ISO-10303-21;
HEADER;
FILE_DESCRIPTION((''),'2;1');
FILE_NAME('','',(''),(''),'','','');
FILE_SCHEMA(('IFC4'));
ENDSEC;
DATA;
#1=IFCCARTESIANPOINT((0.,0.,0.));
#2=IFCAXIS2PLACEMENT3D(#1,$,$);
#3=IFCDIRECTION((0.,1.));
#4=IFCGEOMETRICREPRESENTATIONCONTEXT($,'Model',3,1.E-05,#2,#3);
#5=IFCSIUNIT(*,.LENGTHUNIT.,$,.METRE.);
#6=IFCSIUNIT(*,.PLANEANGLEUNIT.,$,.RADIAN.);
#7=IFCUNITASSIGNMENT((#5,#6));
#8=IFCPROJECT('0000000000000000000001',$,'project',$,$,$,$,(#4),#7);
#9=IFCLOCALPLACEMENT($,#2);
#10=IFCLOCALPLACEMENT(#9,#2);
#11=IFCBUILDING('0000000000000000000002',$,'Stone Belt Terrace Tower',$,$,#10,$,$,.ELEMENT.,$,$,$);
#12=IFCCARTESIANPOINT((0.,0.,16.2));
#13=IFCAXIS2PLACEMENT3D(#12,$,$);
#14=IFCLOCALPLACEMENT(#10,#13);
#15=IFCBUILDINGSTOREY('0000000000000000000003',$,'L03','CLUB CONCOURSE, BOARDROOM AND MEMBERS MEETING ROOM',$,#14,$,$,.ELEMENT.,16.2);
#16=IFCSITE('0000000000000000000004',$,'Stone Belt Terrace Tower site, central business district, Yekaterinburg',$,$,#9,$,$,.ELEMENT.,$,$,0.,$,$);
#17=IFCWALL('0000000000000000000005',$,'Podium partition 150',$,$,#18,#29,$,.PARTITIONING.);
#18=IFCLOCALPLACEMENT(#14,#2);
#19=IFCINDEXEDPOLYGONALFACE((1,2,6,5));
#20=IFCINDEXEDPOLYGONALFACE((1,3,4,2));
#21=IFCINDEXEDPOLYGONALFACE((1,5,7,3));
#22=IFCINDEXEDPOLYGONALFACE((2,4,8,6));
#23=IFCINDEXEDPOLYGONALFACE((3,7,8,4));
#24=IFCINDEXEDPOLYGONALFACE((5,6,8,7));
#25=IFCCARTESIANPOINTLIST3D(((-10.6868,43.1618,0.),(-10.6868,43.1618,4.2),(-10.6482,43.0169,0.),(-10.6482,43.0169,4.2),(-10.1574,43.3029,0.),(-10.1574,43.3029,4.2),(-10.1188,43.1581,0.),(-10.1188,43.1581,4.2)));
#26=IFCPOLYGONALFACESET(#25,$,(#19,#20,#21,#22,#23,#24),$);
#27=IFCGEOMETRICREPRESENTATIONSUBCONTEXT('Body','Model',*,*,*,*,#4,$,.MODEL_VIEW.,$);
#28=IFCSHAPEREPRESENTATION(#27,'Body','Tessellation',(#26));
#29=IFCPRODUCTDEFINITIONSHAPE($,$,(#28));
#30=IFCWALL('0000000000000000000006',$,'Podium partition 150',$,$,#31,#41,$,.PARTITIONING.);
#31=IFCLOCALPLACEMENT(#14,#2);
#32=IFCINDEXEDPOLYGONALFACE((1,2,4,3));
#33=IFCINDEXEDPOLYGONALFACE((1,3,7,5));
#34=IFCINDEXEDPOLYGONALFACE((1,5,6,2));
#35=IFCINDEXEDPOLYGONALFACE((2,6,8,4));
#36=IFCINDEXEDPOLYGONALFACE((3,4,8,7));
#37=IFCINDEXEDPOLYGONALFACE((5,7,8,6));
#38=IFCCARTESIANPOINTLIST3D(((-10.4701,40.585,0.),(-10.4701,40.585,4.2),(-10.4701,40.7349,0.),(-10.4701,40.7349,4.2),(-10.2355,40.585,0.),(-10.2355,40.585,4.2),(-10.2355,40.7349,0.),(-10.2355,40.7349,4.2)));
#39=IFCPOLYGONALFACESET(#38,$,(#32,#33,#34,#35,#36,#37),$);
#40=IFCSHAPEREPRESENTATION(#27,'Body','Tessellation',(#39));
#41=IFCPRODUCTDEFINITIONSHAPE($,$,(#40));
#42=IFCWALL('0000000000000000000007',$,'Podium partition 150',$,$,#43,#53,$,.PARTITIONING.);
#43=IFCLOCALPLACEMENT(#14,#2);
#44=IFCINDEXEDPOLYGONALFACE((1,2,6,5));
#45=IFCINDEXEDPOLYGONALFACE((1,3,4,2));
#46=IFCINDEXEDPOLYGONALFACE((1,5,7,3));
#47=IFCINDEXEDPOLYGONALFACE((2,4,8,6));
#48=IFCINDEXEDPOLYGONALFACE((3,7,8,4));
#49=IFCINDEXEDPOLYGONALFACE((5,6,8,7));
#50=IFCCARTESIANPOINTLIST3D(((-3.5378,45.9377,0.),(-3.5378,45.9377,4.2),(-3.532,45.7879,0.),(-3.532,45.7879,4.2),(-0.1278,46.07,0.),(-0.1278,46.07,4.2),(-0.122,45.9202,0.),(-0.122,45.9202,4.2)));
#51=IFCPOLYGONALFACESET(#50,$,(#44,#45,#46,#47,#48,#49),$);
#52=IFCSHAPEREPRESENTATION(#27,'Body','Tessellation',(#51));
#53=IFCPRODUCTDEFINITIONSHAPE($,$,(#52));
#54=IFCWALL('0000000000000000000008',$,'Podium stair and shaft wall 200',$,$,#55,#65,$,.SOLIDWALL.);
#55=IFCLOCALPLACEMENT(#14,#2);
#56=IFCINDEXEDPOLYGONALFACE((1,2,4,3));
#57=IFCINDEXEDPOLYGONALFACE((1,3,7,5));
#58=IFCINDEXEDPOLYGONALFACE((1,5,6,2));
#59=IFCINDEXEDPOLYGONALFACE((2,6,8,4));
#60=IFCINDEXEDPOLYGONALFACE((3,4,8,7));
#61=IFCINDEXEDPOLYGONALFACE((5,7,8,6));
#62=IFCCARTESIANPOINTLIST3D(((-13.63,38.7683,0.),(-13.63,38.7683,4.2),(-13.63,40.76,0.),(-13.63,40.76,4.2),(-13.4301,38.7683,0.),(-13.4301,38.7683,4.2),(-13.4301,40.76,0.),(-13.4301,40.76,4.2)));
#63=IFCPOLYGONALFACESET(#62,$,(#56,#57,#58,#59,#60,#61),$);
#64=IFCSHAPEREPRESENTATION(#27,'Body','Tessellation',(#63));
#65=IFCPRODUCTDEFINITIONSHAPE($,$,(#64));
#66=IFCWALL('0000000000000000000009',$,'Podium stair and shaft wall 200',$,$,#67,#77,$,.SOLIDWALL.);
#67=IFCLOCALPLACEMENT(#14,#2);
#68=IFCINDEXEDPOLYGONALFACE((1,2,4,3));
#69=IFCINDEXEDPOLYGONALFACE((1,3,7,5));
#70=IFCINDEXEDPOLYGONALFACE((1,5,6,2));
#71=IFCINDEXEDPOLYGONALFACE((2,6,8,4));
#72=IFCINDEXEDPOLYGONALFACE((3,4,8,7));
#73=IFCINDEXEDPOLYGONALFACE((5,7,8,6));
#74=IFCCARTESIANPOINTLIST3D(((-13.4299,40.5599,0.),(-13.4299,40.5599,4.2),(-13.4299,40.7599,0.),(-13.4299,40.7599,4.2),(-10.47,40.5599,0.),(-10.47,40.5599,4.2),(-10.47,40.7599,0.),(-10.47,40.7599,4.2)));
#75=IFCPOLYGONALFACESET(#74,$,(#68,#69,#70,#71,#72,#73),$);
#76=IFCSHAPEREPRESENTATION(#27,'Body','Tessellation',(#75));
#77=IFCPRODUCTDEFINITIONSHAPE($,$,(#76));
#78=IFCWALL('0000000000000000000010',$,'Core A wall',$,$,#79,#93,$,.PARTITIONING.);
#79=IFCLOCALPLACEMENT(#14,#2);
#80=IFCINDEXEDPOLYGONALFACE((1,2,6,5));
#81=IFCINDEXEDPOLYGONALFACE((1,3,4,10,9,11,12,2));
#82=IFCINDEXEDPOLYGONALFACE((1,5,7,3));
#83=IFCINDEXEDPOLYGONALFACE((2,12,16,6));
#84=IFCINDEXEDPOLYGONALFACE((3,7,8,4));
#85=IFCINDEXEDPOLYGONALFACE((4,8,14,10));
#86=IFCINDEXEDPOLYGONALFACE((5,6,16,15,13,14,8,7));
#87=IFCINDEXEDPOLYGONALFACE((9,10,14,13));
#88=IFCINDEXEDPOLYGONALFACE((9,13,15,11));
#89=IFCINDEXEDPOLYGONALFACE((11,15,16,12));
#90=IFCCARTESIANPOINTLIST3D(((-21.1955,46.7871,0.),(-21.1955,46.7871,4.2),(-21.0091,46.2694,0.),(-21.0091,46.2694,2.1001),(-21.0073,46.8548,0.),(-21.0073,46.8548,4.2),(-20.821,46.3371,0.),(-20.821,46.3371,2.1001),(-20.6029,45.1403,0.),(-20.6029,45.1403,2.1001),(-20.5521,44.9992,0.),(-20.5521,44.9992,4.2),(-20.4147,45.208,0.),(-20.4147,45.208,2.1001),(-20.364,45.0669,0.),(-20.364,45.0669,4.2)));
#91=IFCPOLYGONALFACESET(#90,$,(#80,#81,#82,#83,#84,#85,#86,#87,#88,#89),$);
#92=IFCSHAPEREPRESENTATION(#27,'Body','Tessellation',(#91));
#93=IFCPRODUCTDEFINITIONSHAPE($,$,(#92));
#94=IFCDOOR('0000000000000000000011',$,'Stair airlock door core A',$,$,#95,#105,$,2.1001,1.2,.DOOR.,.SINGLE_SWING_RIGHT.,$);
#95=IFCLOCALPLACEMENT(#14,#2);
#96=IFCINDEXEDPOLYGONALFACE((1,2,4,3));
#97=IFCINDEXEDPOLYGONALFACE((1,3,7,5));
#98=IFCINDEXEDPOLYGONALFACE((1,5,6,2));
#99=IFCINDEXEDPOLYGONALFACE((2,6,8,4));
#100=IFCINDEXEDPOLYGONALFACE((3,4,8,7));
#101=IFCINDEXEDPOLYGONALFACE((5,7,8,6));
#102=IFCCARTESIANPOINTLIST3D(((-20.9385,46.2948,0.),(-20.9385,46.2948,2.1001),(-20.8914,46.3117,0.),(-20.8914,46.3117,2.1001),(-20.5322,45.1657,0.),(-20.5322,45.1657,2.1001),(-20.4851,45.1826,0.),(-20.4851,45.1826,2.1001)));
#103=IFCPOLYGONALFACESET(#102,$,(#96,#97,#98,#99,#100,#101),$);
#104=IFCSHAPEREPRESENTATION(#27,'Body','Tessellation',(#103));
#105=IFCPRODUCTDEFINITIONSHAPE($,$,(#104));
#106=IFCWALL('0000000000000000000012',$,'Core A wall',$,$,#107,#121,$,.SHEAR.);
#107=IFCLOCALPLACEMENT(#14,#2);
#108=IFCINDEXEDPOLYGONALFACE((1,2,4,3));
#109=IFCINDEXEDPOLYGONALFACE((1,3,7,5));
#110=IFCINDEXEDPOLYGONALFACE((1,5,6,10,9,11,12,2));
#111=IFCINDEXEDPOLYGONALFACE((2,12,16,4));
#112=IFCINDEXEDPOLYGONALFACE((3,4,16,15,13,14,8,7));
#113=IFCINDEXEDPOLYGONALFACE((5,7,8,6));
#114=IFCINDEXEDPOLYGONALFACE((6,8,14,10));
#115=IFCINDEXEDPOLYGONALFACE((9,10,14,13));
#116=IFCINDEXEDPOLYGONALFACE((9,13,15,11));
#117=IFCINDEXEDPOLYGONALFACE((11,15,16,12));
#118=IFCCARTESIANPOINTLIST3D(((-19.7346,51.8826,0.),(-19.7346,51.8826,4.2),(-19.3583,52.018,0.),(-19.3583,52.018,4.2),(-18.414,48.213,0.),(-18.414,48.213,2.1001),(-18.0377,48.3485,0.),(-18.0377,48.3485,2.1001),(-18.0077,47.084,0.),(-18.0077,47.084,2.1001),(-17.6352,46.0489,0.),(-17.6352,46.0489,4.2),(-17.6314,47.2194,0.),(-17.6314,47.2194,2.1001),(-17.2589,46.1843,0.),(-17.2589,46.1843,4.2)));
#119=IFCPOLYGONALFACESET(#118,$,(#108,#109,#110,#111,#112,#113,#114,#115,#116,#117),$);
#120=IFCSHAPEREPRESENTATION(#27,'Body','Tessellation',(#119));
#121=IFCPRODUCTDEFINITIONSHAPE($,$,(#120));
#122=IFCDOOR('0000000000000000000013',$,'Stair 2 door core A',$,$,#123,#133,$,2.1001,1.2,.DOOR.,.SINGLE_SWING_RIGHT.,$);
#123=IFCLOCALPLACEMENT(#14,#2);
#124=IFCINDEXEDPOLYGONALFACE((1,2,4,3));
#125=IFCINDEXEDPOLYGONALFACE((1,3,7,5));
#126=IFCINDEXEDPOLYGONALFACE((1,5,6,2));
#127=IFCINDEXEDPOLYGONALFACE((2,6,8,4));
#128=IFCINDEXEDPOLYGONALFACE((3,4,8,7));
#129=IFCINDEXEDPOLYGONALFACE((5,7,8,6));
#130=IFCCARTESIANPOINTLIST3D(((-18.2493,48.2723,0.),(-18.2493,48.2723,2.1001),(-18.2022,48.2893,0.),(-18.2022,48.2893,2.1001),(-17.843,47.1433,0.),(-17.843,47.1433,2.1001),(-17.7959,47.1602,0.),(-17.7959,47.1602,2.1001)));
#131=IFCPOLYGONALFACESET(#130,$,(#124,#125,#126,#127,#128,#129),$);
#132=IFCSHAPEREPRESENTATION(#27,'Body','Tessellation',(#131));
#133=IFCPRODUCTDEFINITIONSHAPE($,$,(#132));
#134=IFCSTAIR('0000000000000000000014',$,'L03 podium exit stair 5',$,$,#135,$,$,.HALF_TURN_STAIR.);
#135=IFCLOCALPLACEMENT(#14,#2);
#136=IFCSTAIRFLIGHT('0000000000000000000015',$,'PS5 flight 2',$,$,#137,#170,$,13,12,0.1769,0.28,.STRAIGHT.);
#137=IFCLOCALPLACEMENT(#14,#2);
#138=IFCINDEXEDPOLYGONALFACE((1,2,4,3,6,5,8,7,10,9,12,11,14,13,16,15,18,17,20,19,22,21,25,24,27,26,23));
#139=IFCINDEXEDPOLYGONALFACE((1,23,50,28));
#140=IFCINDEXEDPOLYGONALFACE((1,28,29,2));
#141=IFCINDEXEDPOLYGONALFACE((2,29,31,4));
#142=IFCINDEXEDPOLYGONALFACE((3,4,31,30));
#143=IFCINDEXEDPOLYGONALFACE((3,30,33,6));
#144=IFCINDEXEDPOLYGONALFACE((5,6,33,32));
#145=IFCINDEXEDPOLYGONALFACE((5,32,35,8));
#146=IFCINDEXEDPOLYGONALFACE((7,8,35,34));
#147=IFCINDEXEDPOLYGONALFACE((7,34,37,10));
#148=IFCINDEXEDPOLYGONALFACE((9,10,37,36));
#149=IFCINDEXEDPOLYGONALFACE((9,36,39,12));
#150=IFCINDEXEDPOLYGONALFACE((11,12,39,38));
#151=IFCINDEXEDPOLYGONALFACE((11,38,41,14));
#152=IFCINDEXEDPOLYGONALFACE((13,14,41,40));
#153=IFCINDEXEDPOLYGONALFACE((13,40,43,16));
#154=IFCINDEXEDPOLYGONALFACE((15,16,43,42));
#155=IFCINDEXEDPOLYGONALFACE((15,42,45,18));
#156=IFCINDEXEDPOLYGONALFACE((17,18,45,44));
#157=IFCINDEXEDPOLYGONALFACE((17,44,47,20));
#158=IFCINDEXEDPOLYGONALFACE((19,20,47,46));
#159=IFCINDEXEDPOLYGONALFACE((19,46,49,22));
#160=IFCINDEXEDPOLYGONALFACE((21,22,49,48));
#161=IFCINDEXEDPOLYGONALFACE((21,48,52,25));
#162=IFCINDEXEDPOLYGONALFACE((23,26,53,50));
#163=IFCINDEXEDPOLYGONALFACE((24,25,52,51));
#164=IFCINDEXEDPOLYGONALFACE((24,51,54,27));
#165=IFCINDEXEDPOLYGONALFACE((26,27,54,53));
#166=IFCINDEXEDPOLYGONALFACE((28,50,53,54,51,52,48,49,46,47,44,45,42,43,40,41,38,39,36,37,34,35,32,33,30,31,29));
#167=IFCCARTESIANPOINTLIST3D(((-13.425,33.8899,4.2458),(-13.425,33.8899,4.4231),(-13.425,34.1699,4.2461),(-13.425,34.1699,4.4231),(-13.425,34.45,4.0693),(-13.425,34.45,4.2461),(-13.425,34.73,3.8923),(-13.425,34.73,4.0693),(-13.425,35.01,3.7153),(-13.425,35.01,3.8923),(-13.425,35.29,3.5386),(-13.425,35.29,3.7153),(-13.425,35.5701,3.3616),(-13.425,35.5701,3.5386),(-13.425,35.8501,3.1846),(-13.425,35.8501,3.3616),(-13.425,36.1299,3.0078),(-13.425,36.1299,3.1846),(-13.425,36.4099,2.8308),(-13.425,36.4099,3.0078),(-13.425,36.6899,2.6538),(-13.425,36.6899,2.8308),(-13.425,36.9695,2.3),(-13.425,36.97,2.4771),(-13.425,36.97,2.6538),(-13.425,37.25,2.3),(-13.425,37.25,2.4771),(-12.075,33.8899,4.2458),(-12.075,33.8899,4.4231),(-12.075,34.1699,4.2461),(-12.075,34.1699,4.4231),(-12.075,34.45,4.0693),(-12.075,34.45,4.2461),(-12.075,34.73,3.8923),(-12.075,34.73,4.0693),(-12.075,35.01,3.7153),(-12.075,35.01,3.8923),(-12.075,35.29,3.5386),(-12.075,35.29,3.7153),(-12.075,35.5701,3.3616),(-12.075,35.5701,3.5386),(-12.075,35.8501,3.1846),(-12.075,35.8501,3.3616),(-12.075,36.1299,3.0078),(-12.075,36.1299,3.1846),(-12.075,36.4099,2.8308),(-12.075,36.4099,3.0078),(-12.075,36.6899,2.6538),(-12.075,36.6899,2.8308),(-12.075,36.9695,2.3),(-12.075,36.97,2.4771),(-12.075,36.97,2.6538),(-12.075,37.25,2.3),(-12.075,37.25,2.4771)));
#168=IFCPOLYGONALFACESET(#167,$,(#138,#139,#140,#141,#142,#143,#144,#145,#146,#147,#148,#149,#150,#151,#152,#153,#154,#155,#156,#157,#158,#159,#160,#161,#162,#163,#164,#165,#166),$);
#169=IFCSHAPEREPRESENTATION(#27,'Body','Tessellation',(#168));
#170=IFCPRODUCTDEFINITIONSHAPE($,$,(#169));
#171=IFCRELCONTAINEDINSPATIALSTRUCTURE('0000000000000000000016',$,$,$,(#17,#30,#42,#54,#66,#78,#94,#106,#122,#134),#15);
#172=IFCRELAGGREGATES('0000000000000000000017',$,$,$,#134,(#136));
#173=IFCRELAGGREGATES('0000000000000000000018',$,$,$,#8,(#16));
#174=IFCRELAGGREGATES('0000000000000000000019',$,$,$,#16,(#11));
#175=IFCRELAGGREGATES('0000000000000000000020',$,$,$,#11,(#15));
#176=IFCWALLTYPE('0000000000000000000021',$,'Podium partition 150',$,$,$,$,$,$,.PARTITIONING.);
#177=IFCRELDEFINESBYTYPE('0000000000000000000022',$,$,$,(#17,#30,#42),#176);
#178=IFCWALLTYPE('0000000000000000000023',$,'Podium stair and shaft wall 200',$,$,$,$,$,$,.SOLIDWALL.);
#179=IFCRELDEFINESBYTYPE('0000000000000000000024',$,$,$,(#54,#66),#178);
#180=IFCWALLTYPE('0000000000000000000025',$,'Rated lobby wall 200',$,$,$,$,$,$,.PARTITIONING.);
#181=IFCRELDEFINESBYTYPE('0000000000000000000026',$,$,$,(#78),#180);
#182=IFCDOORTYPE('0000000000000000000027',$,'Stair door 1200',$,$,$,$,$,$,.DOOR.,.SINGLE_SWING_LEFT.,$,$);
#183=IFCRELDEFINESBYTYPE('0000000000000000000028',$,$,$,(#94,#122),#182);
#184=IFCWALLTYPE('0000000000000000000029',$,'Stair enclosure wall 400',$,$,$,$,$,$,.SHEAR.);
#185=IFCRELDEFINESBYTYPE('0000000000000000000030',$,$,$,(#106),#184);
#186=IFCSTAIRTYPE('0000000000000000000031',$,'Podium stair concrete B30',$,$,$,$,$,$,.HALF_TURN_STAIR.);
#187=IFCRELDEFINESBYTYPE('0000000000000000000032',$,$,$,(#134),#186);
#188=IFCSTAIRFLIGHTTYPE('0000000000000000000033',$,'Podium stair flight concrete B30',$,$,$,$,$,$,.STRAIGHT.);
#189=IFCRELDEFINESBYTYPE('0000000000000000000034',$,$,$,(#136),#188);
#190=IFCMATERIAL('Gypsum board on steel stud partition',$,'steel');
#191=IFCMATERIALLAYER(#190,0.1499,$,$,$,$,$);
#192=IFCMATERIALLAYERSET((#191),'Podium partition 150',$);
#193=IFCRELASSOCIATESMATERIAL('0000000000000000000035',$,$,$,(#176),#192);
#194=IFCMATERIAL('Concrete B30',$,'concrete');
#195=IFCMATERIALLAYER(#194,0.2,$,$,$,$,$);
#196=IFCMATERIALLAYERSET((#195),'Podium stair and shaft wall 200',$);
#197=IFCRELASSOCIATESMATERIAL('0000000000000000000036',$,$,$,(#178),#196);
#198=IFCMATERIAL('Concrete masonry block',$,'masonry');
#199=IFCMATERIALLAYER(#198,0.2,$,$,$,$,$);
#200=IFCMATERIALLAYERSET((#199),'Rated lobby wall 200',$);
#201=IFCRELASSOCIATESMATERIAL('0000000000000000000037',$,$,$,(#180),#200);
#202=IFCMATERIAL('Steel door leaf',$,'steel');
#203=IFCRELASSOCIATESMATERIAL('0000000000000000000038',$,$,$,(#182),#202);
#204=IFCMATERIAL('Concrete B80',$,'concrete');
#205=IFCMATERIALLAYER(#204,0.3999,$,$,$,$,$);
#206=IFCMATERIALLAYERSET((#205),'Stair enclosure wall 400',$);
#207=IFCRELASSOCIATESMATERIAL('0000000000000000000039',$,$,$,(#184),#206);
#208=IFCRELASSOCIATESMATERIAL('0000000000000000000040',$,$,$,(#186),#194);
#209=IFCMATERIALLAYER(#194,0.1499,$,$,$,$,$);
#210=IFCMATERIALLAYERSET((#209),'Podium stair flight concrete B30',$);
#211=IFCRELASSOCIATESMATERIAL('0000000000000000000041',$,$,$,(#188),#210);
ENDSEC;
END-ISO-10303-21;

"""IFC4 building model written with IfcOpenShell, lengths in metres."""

from ifc_helpers import new_model, si_unit, direction, frame, frame_2d, origin, place, context, subcontext, project, spatial, polyline, rectangle, outline, extrude, material, layer, layer_set, type_object, element, fill, aggregate, save


model = new_model("IFC4")

# Units and contexts
model_context = context("Model", 3, precision=1e-05, world=origin(), true_north=direction((0.0, 1.0)))
body_context = subcontext(model_context, "Body", "Model", "MODEL_VIEW")
ifc_project = project(units=[si_unit("LENGTHUNIT", "METRE"), si_unit("PLANEANGLEUNIT", "RADIAN")], contexts=[model_context])

# Site, building, storey
site_placement = place(None, origin())
site = spatial("IfcSite", under=ifc_project, at=site_placement, Name="Stone Belt Terrace Tower site, central business district, Yekaterinburg", CompositionType="ELEMENT", RefElevation=0.0)
building_placement = place(site_placement, origin())
building = spatial("IfcBuilding", under=site, at=building_placement, Name="Stone Belt Terrace Tower", CompositionType="ELEMENT")
storey_placement = place(building_placement, frame((0.0, 0.0, 16.2)))
storey = spatial("IfcBuildingStorey", under=building, at=storey_placement, Name="L03", Description="CLUB CONCOURSE, BOARDROOM AND MEMBERS MEETING ROOM", CompositionType="ELEMENT", Elevation=16.2)

# Shared definitions
ifc_material_1 = material(Name="Concrete B80", Category="concrete")

# Shared definitions
ifc_material_2 = material(Name="Concrete B30", Category="concrete")

# Shared definitions
ifc_material_3 = material(Name="Gypsum board on steel stud partition", Category="steel")
ifc_layer_1 = layer(ifc_material_3, 0.1499)
ifc_layer_set_1 = layer_set([ifc_layer_1], Name="Podium partition 150")
wall_type_1 = type_object("IfcWallType", Name="Podium partition 150", PredefinedType="PARTITIONING", material=ifc_layer_set_1)

# Walls
wall_1_placement = place(storey_placement, frame((-10.6675, 43.0894, 0.0), z_axis=(0.0, 0.0, 1.0), x_axis=(0.96625, 0.257607, 0.0)))
element("IfcWall", 1, at=wall_1_placement, inside=storey, type_object=wall_type_1, Name="Podium partition 150", PredefinedType="PARTITIONING", context=body_context, shape_type="SweptSolid", body=[
    extrude(rectangle(XDim=0.5479, YDim=0.1499, at=frame_2d((0.2739, 0.0))), origin(), (0.0, 0.0, 1.0), 4.2),
])
wall_2_placement = place(storey_placement, frame((-10.47, 40.6599, 0.0), z_axis=(0.0, 0.0, 1.0), x_axis=(1.0, 0.0, 0.0)))
element("IfcWall", 2, at=wall_2_placement, inside=storey, type_object=wall_type_1, Name="Podium partition 150", PredefinedType="PARTITIONING", context=body_context, shape_type="SweptSolid", body=[
    extrude(rectangle(XDim=0.2346, YDim=0.1499, at=frame_2d((0.1172, 0.0))), origin(), (0.0, 0.0, 1.0), 4.2),
])
wall_3_placement = place(storey_placement, frame((-3.5349, 45.8628, 0.0), z_axis=(0.0, 0.0, 1.0), x_axis=(0.999248, 0.038777, 0.0)))
element("IfcWall", 3, at=wall_3_placement, inside=storey, type_object=wall_type_1, Name="Podium partition 150", PredefinedType="PARTITIONING", context=body_context, shape_type="SweptSolid", body=[
    extrude(rectangle(XDim=3.4126, YDim=0.1499, at=frame_2d((1.7063, 0.0))), origin(), (0.0, 0.0, 1.0), 4.2),
])
ifc_layer_2 = layer(ifc_material_2, 0.2)
ifc_layer_set_2 = layer_set([ifc_layer_2], Name="Podium stair and shaft wall 200")
wall_type_2 = type_object("IfcWallType", Name="Podium stair and shaft wall 200", PredefinedType="SOLIDWALL", material=ifc_layer_set_2)
wall_4_placement = place(storey_placement, frame((-13.53, 38.7683, 0.0), z_axis=(0.0, 0.0, 1.0), x_axis=(0.0, 1.0, 0.0)))
element("IfcWall", 4, at=wall_4_placement, inside=storey, type_object=wall_type_2, Name="Podium stair and shaft wall 200", PredefinedType="SOLIDWALL", context=body_context, shape_type="SweptSolid", body=[
    extrude(rectangle(XDim=1.9917, YDim=0.2, at=frame_2d((0.9958, 0.0))), origin(), (0.0, 0.0, 1.0), 4.2),
])
wall_5_placement = place(storey_placement, frame((-13.4299, 40.6599, 0.0), z_axis=(0.0, 0.0, 1.0), x_axis=(1.0, 0.0, 0.0)))
element("IfcWall", 5, at=wall_5_placement, inside=storey, type_object=wall_type_2, Name="Podium stair and shaft wall 200", PredefinedType="SOLIDWALL", context=body_context, shape_type="SweptSolid", body=[
    extrude(rectangle(XDim=2.96, YDim=0.2, at=frame_2d((1.48, 0.0))), origin(), (0.0, 0.0, 1.0), 4.2),
])

# Walls, openings, doors
ifc_material_4 = material(Name="Concrete masonry block", Category="masonry")
ifc_layer_3 = layer(ifc_material_4, 0.2)
ifc_layer_set_3 = layer_set([ifc_layer_3], Name="Rated lobby wall 200")
wall_type_3 = type_object("IfcWallType", Name="Rated lobby wall 200", PredefinedType="PARTITIONING", material=ifc_layer_set_3)
wall_6_placement = place(storey_placement, frame((-20.458, 45.033, 0.0), z_axis=(0.0, 0.0, 1.0), x_axis=(-0.338574, 0.94094, 0.0)))
wall_6 = element("IfcWall", 6, at=wall_6_placement, inside=storey, type_object=wall_type_3, Name="Core A wall", PredefinedType="PARTITIONING", context=body_context, shape_type="SweptSolid", body=[
    extrude(rectangle(XDim=1.9001, YDim=0.2, at=frame_2d((0.9502, 0.0))), origin(), (0.0, 0.0, 1.0), 4.2),
])
opening_1_placement = place(wall_6_placement, frame((0.1499, 0.0, 0.0)))
opening_1 = element("IfcOpeningElement", 7, at=opening_1_placement, cuts=wall_6, PredefinedType="OPENING", context=body_context, shape_type="SweptSolid", body=[
    extrude(rectangle(XDim=1.2, YDim=2.1001, at=frame_2d((0.6001, 1.05))), frame((0.0, 0.1099, 0.0), z_axis=(0.0, -1.0, 0.0), x_axis=(1.0, 0.0, 0.0)), (0.0, 0.0, 1.0), 0.22),
])
ifc_material_5 = material(Name="Steel door leaf", Category="steel")
door_type_1 = type_object("IfcDoorType", Name="Stair door 1200", OperationType="SINGLE_SWING_LEFT", PredefinedType="DOOR", material=ifc_material_5)
door_1_placement = place(opening_1_placement, origin())
door_1 = element("IfcDoor", 8, at=door_1_placement, inside=storey, type_object=door_type_1, Name="Stair airlock door core A", OperationType="SINGLE_SWING_RIGHT", OverallHeight=2.1001, OverallWidth=1.2, PredefinedType="DOOR", context=body_context, shape_type="SweptSolid", body=[
    extrude(rectangle(XDim=1.2, YDim=2.1001, at=frame_2d((0.6001, 1.05))), frame((0.0, 0.0249, 0.0), z_axis=(0.0, -1.0, 0.0), x_axis=(1.0, 0.0, 0.0)), (0.0, 0.0, 1.0), 0.05),
])
fill(opening_1, door_1)
ifc_layer_4 = layer(ifc_material_1, 0.3999)
ifc_layer_set_4 = layer_set([ifc_layer_4], Name="Stair enclosure wall 400")
wall_type_4 = type_object("IfcWallType", Name="Stair enclosure wall 400", PredefinedType="SHEAR", material=ifc_layer_set_4)
wall_7_placement = place(storey_placement, frame((-17.447, 46.1165, 0.0), z_axis=(0.0, 0.0, 1.0), x_axis=(-0.338608, 0.940928, 0.0)))
wall_7 = element("IfcWall", 9, at=wall_7_placement, inside=storey, type_object=wall_type_4, Name="Core A wall", PredefinedType="SHEAR", context=body_context, shape_type="SweptSolid", body=[
    extrude(rectangle(XDim=6.2, YDim=0.3999, at=frame_2d((3.1001, 0.0))), origin(), (0.0, 0.0, 1.0), 4.2),
])
opening_2_placement = place(wall_7_placement, frame((1.1001, 0.0, 0.0)))
opening_2 = element("IfcOpeningElement", 10, at=opening_2_placement, cuts=wall_7, PredefinedType="OPENING", context=body_context, shape_type="SweptSolid", body=[
    extrude(rectangle(XDim=1.2, YDim=2.1001, at=frame_2d((0.6001, 1.05))), frame((0.0, 0.21, 0.0), z_axis=(0.0, -1.0, 0.0), x_axis=(1.0, 0.0, 0.0)), (0.0, 0.0, 1.0), 0.4199),
])
door_2_placement = place(opening_2_placement, origin())
door_2 = element("IfcDoor", 11, at=door_2_placement, inside=storey, type_object=door_type_1, Name="Stair 2 door core A", OperationType="SINGLE_SWING_RIGHT", OverallHeight=2.1001, OverallWidth=1.2, PredefinedType="DOOR", context=body_context, shape_type="SweptSolid", body=[
    extrude(rectangle(XDim=1.2, YDim=2.1001, at=frame_2d((0.6001, 1.05))), frame((0.0, 0.0249, 0.0), z_axis=(0.0, -1.0, 0.0), x_axis=(1.0, 0.0, 0.0)), (0.0, 0.0, 1.0), 0.05),
])
fill(opening_2, door_2)

# Stair, stair flight
stair_type = type_object("IfcStairType", Name="Podium stair concrete B30", PredefinedType="HALF_TURN_STAIR", material=ifc_material_2)
stair_placement = place(storey_placement, origin())
stair = element("IfcStair", 12, at=stair_placement, inside=storey, type_object=stair_type, Name="L03 podium exit stair 5", PredefinedType="HALF_TURN_STAIR")
ifc_layer_5 = layer(ifc_material_2, 0.1499)
ifc_layer_set_5 = layer_set([ifc_layer_5], Name="Podium stair flight concrete B30")
stair_flight_type = type_object("IfcStairFlightType", Name="Podium stair flight concrete B30", PredefinedType="STRAIGHT", material=ifc_layer_set_5)
stair_flight_placement = place(storey_placement, frame((-12.75, 37.25, 2.3), z_axis=(0.0, 0.0, 1.0), x_axis=(0.0, -1.0, 0.0)))
stair_flight = element("IfcStairFlight", 13, at=stair_flight_placement, type_object=stair_flight_type, Name="PS5 flight 2", NumberOfRisers=13, NumberOfTreads=12, PredefinedType="STRAIGHT", RiserHeight=0.1769, TreadLength=0.28, context=body_context, shape_type="SweptSolid", body=[
    extrude(outline(polyline([(0.0, 0.0), (0.0, 0.177), (0.28, 0.177), (0.28, 0.3538), (0.5601, 0.3538), (0.5601, 0.5308), (0.8401, 0.5308), (0.8401, 0.7078), (1.1201, 0.7078), (1.1201, 0.8845), (1.3999, 0.8845), (1.3999, 1.0615), (1.6799, 1.0615), (1.6799, 1.2385), (1.96, 1.2385), (1.96, 1.4153), (2.24, 1.4153), (2.24, 1.5923), (2.52, 1.5923), (2.52, 1.7693), (2.8, 1.7693), (2.8, 1.946), (3.0801, 1.946), (3.0801, 2.123), (3.3601, 2.123), (3.3601, 2.3), (3.3601, 1.9458), (0.2805, 0.0), (0.0, 0.0)])), frame((0.0, 0.675, 0.0), z_axis=(0.0, -1.0, 0.0), x_axis=(1.0, 0.0, 0.0)), (0.0, 0.0, 1.0), 1.3501),
])
aggregate(stair, [stair_flight])

save(model, "model.ifc")
